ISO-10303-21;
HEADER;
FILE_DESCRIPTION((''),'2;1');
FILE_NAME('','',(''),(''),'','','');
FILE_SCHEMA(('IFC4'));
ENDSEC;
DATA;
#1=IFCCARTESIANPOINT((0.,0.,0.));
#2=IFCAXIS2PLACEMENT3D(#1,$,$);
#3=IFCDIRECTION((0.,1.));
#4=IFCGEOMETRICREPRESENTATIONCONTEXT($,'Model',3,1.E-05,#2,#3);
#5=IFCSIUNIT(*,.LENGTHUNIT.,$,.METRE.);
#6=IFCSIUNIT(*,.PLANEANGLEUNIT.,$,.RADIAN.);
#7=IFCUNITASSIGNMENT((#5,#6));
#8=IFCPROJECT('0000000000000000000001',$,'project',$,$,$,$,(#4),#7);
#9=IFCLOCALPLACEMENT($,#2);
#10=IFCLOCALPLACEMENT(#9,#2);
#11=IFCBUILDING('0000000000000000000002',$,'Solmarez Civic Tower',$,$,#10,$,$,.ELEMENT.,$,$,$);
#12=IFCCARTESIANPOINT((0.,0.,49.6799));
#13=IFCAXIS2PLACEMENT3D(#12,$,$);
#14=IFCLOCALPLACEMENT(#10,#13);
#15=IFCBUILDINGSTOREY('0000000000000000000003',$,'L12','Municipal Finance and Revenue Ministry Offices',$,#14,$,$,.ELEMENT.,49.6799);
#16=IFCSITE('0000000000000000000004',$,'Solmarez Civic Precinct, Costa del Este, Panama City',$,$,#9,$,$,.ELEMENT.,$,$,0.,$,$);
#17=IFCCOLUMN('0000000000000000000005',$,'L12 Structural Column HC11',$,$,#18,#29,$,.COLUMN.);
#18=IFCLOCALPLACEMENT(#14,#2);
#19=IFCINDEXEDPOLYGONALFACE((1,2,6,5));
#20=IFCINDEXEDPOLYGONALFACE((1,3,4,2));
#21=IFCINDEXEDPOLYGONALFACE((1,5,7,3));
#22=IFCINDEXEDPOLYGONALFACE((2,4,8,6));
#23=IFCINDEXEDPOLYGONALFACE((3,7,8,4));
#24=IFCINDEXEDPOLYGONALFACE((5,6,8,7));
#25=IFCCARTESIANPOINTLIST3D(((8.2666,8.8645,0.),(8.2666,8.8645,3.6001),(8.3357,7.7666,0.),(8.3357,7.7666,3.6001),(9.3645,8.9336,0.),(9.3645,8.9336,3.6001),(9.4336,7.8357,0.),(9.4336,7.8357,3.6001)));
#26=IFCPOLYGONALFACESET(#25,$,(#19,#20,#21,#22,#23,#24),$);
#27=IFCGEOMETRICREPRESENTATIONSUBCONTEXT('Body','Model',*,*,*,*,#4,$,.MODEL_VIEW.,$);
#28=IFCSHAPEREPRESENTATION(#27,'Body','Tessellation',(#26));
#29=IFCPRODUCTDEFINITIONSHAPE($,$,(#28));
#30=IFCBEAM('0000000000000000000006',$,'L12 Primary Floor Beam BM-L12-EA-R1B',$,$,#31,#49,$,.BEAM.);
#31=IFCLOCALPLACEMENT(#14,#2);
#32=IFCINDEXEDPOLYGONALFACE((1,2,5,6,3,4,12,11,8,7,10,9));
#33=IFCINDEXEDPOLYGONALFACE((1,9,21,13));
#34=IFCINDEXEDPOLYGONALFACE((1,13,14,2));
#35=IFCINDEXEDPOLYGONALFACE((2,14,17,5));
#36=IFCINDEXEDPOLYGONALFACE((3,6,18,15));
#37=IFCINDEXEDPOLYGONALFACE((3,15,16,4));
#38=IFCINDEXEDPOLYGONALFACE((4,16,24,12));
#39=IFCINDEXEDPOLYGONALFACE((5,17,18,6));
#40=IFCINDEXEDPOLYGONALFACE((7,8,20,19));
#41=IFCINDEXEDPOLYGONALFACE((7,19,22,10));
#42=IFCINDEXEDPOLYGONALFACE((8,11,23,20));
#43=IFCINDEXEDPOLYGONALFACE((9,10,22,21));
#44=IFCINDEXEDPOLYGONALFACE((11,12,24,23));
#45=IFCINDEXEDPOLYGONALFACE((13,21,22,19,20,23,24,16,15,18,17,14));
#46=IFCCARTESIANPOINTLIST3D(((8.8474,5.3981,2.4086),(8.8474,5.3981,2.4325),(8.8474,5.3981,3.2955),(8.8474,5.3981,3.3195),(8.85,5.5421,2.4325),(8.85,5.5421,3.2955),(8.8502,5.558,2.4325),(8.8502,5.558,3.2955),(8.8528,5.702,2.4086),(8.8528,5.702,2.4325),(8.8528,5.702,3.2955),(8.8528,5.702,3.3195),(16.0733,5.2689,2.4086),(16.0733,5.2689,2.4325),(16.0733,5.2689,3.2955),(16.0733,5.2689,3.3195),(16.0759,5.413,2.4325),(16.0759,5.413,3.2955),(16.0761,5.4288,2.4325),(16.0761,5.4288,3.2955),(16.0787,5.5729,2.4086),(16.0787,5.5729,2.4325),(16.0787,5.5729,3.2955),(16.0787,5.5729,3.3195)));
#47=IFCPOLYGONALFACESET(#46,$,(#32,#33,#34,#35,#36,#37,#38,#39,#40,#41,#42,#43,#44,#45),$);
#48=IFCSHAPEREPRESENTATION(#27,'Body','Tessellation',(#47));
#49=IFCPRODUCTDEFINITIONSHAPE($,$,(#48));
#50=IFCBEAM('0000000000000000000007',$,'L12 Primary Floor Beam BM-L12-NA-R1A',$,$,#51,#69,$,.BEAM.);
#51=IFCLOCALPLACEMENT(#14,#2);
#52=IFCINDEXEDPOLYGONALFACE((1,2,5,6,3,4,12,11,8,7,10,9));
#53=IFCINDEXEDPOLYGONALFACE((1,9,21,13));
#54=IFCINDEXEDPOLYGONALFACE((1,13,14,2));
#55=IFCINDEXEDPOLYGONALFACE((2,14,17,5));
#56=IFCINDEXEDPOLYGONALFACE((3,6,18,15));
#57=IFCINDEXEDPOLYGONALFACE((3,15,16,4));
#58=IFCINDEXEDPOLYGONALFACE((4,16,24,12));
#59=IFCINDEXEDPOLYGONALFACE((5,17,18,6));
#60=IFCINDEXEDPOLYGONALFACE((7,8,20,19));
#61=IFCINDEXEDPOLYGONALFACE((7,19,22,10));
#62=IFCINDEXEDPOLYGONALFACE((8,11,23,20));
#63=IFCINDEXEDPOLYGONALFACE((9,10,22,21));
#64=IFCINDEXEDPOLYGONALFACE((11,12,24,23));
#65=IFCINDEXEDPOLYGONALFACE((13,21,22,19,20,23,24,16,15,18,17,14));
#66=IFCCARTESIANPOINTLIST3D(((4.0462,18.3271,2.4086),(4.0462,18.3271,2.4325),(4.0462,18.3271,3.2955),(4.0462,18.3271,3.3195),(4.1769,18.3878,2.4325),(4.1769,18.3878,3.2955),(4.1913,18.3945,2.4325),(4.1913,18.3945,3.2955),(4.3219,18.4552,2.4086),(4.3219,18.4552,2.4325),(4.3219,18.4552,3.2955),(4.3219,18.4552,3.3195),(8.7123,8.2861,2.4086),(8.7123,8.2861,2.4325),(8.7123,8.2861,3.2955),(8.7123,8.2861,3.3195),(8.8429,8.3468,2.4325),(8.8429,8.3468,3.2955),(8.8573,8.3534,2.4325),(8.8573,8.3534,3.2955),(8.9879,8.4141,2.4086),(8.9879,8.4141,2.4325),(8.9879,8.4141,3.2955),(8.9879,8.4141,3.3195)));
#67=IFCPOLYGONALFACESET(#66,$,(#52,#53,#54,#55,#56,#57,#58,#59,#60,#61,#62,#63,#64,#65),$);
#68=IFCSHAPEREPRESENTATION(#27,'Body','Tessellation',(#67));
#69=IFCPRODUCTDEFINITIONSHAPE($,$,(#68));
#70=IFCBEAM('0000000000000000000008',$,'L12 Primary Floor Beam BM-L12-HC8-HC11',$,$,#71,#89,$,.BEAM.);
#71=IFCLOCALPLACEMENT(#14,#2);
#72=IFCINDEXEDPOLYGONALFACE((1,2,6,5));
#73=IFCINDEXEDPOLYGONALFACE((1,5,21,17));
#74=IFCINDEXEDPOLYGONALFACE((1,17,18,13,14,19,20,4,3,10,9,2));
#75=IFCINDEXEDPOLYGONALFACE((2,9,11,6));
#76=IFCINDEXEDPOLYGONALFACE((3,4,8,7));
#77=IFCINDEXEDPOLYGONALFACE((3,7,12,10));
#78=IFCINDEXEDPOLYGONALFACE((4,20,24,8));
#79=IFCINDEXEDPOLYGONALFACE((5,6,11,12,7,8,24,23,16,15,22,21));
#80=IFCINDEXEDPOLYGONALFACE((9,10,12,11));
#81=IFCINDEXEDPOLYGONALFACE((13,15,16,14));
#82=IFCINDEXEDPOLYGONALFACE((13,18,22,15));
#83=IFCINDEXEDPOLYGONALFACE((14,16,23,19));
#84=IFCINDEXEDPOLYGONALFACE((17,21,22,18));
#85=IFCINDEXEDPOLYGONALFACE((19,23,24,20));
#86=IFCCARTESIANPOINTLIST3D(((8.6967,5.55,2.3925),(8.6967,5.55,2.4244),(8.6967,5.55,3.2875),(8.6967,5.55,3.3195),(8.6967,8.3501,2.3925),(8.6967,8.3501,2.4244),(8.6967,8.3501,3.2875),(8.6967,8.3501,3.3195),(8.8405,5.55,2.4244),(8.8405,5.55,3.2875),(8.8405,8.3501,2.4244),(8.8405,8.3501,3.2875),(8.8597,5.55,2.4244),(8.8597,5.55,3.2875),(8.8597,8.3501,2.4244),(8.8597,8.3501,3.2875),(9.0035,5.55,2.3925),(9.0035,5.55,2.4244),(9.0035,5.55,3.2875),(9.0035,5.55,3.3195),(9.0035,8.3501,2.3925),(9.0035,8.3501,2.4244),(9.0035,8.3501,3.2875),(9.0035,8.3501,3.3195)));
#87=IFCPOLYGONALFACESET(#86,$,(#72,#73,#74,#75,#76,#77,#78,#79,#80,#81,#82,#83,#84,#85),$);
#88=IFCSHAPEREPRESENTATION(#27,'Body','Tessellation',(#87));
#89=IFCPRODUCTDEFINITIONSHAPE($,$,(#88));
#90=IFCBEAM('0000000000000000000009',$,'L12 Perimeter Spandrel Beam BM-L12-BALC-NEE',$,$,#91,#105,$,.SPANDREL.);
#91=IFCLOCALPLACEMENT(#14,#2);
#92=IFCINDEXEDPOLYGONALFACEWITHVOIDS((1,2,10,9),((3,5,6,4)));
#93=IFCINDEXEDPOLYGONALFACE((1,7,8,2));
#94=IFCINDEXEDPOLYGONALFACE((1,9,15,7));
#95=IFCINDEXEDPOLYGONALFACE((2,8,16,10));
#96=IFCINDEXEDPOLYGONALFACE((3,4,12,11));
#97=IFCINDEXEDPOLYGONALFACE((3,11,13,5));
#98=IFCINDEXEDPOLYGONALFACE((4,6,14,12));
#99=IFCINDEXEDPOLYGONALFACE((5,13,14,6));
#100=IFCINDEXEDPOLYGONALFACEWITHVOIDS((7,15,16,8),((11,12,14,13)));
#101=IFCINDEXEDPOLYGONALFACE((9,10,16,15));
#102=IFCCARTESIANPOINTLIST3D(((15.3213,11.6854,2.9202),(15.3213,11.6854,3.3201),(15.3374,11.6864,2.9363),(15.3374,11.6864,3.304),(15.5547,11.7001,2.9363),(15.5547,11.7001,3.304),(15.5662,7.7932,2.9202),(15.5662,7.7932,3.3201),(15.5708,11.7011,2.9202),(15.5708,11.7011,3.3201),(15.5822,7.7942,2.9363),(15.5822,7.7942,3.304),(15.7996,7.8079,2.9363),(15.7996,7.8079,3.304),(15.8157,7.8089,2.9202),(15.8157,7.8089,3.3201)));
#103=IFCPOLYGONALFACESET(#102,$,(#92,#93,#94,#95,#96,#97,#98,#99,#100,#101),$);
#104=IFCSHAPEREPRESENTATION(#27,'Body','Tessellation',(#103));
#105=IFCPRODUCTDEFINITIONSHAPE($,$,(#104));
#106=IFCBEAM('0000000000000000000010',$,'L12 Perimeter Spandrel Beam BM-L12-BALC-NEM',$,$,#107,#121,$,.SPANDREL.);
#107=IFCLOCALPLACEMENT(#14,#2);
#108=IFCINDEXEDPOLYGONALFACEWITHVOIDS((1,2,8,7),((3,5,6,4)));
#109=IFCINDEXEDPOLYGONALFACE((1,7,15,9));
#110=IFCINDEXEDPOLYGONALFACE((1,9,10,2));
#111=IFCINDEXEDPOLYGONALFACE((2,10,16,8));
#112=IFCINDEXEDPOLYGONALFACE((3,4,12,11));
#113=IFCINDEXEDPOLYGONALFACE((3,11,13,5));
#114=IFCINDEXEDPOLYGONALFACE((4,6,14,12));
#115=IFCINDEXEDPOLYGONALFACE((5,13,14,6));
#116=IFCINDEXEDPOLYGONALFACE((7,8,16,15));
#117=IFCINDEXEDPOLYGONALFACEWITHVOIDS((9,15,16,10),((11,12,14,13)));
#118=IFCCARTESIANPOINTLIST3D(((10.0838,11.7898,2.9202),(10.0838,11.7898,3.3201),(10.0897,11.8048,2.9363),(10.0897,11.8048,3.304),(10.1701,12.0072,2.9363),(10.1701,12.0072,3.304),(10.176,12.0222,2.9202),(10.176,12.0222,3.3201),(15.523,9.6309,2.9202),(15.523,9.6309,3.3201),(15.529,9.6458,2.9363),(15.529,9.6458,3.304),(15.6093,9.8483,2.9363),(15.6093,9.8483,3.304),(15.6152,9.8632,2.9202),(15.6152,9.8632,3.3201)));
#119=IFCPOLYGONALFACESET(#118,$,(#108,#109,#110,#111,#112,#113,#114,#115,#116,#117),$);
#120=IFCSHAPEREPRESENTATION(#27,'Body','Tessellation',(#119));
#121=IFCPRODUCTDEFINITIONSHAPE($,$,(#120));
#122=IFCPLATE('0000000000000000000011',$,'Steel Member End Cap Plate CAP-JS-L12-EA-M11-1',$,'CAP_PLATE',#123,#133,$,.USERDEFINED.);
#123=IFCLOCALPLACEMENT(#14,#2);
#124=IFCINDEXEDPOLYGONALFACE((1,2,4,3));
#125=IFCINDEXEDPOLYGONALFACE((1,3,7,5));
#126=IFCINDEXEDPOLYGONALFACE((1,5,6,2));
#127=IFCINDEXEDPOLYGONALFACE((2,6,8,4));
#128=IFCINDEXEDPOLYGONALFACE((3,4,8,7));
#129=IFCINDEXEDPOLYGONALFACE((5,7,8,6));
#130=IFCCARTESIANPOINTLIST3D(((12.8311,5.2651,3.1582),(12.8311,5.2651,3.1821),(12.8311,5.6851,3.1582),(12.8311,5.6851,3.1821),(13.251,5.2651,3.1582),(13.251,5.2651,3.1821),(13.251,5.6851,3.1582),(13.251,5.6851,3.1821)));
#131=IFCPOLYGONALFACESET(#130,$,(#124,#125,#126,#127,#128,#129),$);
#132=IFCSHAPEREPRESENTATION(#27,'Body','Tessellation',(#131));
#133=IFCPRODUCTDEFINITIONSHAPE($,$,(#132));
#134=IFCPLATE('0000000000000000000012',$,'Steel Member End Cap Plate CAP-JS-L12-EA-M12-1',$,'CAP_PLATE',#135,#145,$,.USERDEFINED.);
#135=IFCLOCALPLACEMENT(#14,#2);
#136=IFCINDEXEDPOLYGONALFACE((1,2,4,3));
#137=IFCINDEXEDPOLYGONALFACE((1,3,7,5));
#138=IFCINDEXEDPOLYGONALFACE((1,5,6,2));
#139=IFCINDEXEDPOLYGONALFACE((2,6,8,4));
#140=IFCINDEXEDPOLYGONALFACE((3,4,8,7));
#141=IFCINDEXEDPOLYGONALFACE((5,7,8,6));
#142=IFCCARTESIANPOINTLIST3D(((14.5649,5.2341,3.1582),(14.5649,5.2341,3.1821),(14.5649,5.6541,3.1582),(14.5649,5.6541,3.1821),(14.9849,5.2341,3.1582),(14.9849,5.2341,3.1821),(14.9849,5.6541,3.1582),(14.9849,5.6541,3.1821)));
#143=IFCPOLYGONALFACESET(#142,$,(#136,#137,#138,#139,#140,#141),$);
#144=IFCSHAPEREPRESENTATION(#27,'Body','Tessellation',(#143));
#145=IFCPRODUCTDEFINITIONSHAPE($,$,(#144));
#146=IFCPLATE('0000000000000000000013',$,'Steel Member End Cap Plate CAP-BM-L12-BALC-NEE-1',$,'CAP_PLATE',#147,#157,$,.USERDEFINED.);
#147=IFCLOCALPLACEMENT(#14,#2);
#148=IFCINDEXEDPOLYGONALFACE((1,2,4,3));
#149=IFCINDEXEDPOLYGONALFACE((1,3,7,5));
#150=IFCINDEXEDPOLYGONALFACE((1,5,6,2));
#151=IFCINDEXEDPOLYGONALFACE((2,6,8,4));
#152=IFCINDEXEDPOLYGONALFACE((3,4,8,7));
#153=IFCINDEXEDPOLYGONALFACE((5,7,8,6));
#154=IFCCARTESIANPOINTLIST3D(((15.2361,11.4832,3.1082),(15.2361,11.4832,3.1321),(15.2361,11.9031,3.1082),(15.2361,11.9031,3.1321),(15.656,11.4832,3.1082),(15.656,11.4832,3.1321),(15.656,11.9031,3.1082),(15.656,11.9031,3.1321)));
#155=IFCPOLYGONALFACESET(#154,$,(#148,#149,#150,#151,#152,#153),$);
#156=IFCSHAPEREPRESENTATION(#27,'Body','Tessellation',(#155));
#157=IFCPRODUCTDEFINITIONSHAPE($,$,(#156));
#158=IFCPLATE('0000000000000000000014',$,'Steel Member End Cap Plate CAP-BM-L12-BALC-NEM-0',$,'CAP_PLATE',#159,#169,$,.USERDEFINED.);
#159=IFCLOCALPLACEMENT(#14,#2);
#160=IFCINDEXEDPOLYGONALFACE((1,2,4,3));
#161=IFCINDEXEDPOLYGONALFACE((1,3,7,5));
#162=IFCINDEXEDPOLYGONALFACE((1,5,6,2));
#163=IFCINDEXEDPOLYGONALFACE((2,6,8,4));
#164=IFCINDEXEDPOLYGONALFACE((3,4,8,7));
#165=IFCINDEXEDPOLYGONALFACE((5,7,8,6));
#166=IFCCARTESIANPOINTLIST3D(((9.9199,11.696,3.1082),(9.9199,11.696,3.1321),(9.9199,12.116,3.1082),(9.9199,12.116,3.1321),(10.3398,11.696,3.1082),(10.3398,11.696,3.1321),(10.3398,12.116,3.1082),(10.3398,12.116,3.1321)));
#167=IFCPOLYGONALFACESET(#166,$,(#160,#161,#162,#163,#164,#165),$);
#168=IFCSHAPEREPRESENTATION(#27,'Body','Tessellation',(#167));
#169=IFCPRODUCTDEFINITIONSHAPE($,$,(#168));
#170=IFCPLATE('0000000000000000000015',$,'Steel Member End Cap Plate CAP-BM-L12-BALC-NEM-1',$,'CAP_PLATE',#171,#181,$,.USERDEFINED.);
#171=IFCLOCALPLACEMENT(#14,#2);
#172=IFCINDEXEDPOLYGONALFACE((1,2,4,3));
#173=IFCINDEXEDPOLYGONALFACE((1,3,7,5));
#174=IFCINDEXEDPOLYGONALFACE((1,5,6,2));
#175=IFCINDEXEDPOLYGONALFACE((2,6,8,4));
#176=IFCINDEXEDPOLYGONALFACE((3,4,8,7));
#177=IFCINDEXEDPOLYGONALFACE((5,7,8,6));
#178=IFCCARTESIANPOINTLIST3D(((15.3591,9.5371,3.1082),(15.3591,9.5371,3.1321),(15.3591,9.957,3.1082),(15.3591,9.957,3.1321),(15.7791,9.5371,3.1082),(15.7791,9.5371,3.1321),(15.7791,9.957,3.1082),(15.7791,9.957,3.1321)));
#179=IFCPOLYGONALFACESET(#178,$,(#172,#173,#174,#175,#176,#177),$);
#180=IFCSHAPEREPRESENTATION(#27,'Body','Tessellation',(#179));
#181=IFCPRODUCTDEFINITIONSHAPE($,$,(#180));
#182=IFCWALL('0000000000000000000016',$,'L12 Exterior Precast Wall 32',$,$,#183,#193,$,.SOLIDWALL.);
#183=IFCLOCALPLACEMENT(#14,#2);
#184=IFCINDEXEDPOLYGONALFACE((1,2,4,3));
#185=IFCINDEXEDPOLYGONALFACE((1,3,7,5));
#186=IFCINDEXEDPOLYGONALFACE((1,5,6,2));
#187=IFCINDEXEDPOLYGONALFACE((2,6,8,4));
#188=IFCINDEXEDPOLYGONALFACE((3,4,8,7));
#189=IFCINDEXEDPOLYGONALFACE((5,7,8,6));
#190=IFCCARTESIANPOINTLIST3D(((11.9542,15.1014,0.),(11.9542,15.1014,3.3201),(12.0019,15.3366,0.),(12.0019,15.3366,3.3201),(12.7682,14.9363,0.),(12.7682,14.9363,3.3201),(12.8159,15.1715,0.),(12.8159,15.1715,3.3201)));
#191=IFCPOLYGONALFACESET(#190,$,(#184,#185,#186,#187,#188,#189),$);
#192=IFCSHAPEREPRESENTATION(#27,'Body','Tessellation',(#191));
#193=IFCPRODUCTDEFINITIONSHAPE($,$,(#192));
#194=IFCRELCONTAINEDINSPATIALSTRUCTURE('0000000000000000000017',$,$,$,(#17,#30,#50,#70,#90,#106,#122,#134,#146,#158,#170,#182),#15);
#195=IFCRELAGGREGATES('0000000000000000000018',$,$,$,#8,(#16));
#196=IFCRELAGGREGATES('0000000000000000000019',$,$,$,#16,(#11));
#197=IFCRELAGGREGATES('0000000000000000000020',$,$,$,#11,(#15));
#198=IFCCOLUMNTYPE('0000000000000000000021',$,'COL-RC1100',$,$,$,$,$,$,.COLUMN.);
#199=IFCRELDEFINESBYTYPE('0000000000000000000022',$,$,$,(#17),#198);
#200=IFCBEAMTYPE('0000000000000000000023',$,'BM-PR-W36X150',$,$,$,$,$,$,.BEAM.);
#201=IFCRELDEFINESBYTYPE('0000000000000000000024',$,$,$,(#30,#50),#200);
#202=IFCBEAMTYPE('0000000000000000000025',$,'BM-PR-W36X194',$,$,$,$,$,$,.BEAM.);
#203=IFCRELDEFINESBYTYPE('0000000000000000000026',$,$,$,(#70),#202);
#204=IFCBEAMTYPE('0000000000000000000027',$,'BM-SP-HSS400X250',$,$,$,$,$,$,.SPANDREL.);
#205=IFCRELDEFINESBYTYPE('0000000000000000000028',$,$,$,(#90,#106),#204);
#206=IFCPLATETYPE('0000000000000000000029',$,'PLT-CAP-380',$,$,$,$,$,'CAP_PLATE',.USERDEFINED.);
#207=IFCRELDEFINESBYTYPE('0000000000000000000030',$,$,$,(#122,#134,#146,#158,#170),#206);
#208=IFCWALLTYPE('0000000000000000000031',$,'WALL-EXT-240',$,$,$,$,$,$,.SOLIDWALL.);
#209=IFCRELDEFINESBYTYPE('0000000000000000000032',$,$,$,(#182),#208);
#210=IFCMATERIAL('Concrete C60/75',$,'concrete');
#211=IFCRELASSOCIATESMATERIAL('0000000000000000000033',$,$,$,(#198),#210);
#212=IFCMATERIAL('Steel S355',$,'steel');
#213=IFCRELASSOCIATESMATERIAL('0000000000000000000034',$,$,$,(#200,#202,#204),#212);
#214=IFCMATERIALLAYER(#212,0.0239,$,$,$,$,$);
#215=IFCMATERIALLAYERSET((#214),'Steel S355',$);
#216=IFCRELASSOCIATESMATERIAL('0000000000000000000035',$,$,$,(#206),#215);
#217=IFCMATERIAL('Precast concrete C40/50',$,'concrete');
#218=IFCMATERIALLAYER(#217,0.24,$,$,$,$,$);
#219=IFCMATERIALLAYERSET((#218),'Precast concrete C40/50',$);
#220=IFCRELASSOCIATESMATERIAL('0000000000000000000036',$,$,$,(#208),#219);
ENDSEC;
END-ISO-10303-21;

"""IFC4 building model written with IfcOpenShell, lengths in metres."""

from ifc_helpers import new_model, si_unit, direction, frame, frame_2d, origin, origin_2d, place, context, subcontext, project, spatial, rectangle, hollow_rectangle, i_section, extrude, material, layer, layer_set, material_profile, profile_set, type_object, element, save


model = new_model("IFC4")

# Units and contexts
model_context = context("Model", 3, precision=1e-05, world=origin(), true_north=direction((0.0, 1.0)))
body_context = subcontext(model_context, "Body", "Model", "MODEL_VIEW")
ifc_project = project(units=[si_unit("LENGTHUNIT", "METRE"), si_unit("PLANEANGLEUNIT", "RADIAN")], contexts=[model_context])

# Site, building, storey
site_placement = place(None, origin())
site = spatial("IfcSite", under=ifc_project, at=site_placement, Name="Solmarez Civic Precinct, Costa del Este, Panama City", CompositionType="ELEMENT", RefElevation=0.0)
building_placement = place(site_placement, origin())
building = spatial("IfcBuilding", under=site, at=building_placement, Name="Solmarez Civic Tower", CompositionType="ELEMENT")
storey_placement = place(building_placement, frame((0.0, 0.0, 49.6799)))
storey = spatial("IfcBuildingStorey", under=building, at=storey_placement, Name="L12", Description="Municipal Finance and Revenue Ministry Offices", CompositionType="ELEMENT", Elevation=49.6799)

# Column
ifc_material_1 = material(Name="Concrete C60/75", Category="concrete")
ifc_material_profile_1 = material_profile(ifc_material_1, rectangle(XDim=1.1001, YDim=1.1001, at=origin_2d()), Name="RC1100X1100")
ifc_profile_set_1 = profile_set([ifc_material_profile_1], Name="Concrete C60/75")
column_type = type_object("IfcColumnType", Name="COL-RC1100", PredefinedType="COLUMN", material=ifc_profile_set_1)
column_placement = place(storey_placement, frame((8.8501, 8.3501, 0.0), z_axis=(0.0, 0.0, 1.0), x_axis=(0.998027, 0.062791, 0.0)))
element("IfcColumn", 1, at=column_placement, inside=storey, type_object=column_type, Name="L12 Structural Column HC11", PredefinedType="COLUMN", context=body_context, shape_type="SweptSolid", body=[
    extrude(rectangle(XDim=1.1001, YDim=1.1001, at=origin_2d()), origin(), (0.0, 0.0, 1.0), 3.6001),
])

# Beams
ifc_material_2 = material(Name="Steel S355", Category="steel")
ifc_material_profile_2 = material_profile(ifc_material_2, i_section(OverallWidth=0.304, OverallDepth=0.9109, WebThickness=0.0159, FlangeThickness=0.0239, at=origin_2d()), Name="W36X150")
ifc_profile_set_2 = profile_set([ifc_material_profile_2], Name="Steel S355")
beam_type_1 = type_object("IfcBeamType", Name="BM-PR-W36X150", PredefinedType="BEAM", material=ifc_profile_set_2)
beam_1_placement = place(storey_placement, frame((8.8501, 5.55, 2.864), z_axis=(0.99984, -0.017871, 0.0), x_axis=(0.017871, 0.99984, 0.0)))
element("IfcBeam", 2, at=beam_1_placement, inside=storey, type_object=beam_type_1, Name="L12 Primary Floor Beam BM-L12-EA-R1B", PredefinedType="BEAM", context=body_context, shape_type="SweptSolid", body=[
    extrude(i_section(OverallWidth=0.304, OverallDepth=0.9109, WebThickness=0.0159, FlangeThickness=0.0239, at=origin_2d()), origin(), (0.0, 0.0, 1.0), 7.2271),
])
beam_2_placement = place(storey_placement, frame((8.8501, 8.3501, 2.864), z_axis=(-0.421417, 0.906867, 0.0), x_axis=(-0.906867, -0.421417, 0.0)))
element("IfcBeam", 3, at=beam_2_placement, inside=storey, type_object=beam_type_1, Name="L12 Primary Floor Beam BM-L12-NA-R1A", PredefinedType="BEAM", context=body_context, shape_type="SweptSolid", body=[
    extrude(i_section(OverallWidth=0.304, OverallDepth=0.9109, WebThickness=0.0159, FlangeThickness=0.0239, at=origin_2d()), origin(), (0.0, 0.0, 1.0), 11.0723),
])
ifc_material_profile_3 = material_profile(ifc_material_2, i_section(OverallWidth=0.3069, OverallDepth=0.927, WebThickness=0.0193, FlangeThickness=0.032, at=origin_2d()), Name="W36X194")
ifc_profile_set_3 = profile_set([ifc_material_profile_3], Name="Steel S355")
beam_type_2 = type_object("IfcBeamType", Name="BM-PR-W36X194", PredefinedType="BEAM", material=ifc_profile_set_3)
beam_3_placement = place(storey_placement, frame((8.8501, 5.55, 2.856), z_axis=(0.0, 1.0, 0.0), x_axis=(-1.0, 0.0, 0.0)))
element("IfcBeam", 4, at=beam_3_placement, inside=storey, type_object=beam_type_2, Name="L12 Primary Floor Beam BM-L12-HC8-HC11", PredefinedType="BEAM", context=body_context, shape_type="SweptSolid", body=[
    extrude(i_section(OverallWidth=0.3069, OverallDepth=0.927, WebThickness=0.0193, FlangeThickness=0.032, at=origin_2d()), origin(), (0.0, 0.0, 1.0), 2.8),
])
ifc_material_profile_4 = material_profile(ifc_material_2, hollow_rectangle(XDim=0.25, YDim=0.3999, WallThickness=0.0161, at=origin_2d()), Name="HSS400X250X16")
ifc_profile_set_4 = profile_set([ifc_material_profile_4], Name="Steel S355")
beam_type_3 = type_object("IfcBeamType", Name="BM-SP-HSS400X250", PredefinedType="SPANDREL", material=ifc_profile_set_4)
beam_4_placement = place(storey_placement, frame((15.6909, 7.801, 3.1201), z_axis=(-0.062791, 0.998027, 0.0), x_axis=(-0.998027, -0.062791, 0.0)))
element("IfcBeam", 5, at=beam_4_placement, inside=storey, type_object=beam_type_3, Name="L12 Perimeter Spandrel Beam BM-L12-BALC-NEE", PredefinedType="SPANDREL", context=body_context, shape_type="SweptSolid", body=[
    extrude(hollow_rectangle(XDim=0.25, YDim=0.3999, WallThickness=0.0161, at=origin_2d()), origin(), (0.0, 0.0, 1.0), 3.8999),
])
beam_5_placement = place(storey_placement, frame((10.1299, 11.906, 3.1201), z_axis=(0.92946, -0.368922, 0.0), x_axis=(0.368922, 0.92946, 0.0)))
element("IfcBeam", 6, at=beam_5_placement, inside=storey, type_object=beam_type_3, Name="L12 Perimeter Spandrel Beam BM-L12-BALC-NEM", PredefinedType="SPANDREL", context=body_context, shape_type="SweptSolid", body=[
    extrude(hollow_rectangle(XDim=0.25, YDim=0.3999, WallThickness=0.0161, at=origin_2d()), origin(), (0.0, 0.0, 1.0), 5.8521),
])

# Plates
ifc_layer_1 = layer(ifc_material_2, 0.0239)
ifc_layer_set_1 = layer_set([ifc_layer_1], Name="Steel S355")
plate_type = type_object("IfcPlateType", Name="PLT-CAP-380", ElementType="CAP_PLATE", PredefinedType="USERDEFINED", material=ifc_layer_set_1)
for number, where, z_axis, x_axis, name in (
    (7, (13.041, 5.4751, 3.1582), (0.0, 0.0, 1.0), (1.0, 0.0, 0.0), "Steel Member End Cap Plate CAP-JS-L12-EA-M11-1"),
    (8, (14.7749, 5.4441, 3.1582), (0.0, 0.0, 1.0), (1.0, 0.0, 0.0), "Steel Member End Cap Plate CAP-JS-L12-EA-M12-1"),
    (9, (15.446, 11.6931, 3.1082), (0.0, 0.0, 1.0), (1.0, 0.0, 0.0), "Steel Member End Cap Plate CAP-BM-L12-BALC-NEE-1"),
    (10, (10.1299, 11.906, 3.1082), (0.0, 0.0, 1.0), (1.0, 0.0, 0.0), "Steel Member End Cap Plate CAP-BM-L12-BALC-NEM-0"),
    (11, (15.5691, 9.7471, 3.1082), (0.0, 0.0, 1.0), (1.0, 0.0, 0.0), "Steel Member End Cap Plate CAP-BM-L12-BALC-NEM-1"),
):
    element("IfcPlate", number, at=place(storey_placement, frame(where, z_axis=z_axis, x_axis=x_axis)), inside=storey, type_object=plate_type, Name=name, ObjectType="CAP_PLATE", PredefinedType="USERDEFINED", context=body_context, shape_type="SweptSolid", body=[
        extrude(rectangle(XDim=0.4199, YDim=0.4199, at=origin_2d()), origin(), (0.0, 0.0, 1.0), 0.0239),
    ])

# Wall
ifc_material_3 = material(Name="Precast concrete C40/50", Category="concrete")
ifc_layer_2 = layer(ifc_material_3, 0.24)
ifc_layer_set_2 = layer_set([ifc_layer_2], Name="Precast concrete C40/50")
wall_type_1 = type_object("IfcWallType", Name="WALL-EXT-240", PredefinedType="SOLIDWALL", material=ifc_layer_set_2)
wall_1_placement = place(storey_placement, frame((11.978, 15.219, 0.0), z_axis=(0.0, 0.0, 1.0), x_axis=(0.980057, -0.198716, 0.0)))
element("IfcWall", 12, at=wall_1_placement, inside=storey, type_object=wall_type_1, Name="L12 Exterior Precast Wall 32", PredefinedType="SOLIDWALL", context=body_context, shape_type="SweptSolid", body=[
    extrude(rectangle(XDim=0.8306, YDim=0.24, at=frame_2d((0.4153, 0.0))), origin(), (0.0, 0.0, 1.0), 3.3201),
])

save(model, "model.ifc")
